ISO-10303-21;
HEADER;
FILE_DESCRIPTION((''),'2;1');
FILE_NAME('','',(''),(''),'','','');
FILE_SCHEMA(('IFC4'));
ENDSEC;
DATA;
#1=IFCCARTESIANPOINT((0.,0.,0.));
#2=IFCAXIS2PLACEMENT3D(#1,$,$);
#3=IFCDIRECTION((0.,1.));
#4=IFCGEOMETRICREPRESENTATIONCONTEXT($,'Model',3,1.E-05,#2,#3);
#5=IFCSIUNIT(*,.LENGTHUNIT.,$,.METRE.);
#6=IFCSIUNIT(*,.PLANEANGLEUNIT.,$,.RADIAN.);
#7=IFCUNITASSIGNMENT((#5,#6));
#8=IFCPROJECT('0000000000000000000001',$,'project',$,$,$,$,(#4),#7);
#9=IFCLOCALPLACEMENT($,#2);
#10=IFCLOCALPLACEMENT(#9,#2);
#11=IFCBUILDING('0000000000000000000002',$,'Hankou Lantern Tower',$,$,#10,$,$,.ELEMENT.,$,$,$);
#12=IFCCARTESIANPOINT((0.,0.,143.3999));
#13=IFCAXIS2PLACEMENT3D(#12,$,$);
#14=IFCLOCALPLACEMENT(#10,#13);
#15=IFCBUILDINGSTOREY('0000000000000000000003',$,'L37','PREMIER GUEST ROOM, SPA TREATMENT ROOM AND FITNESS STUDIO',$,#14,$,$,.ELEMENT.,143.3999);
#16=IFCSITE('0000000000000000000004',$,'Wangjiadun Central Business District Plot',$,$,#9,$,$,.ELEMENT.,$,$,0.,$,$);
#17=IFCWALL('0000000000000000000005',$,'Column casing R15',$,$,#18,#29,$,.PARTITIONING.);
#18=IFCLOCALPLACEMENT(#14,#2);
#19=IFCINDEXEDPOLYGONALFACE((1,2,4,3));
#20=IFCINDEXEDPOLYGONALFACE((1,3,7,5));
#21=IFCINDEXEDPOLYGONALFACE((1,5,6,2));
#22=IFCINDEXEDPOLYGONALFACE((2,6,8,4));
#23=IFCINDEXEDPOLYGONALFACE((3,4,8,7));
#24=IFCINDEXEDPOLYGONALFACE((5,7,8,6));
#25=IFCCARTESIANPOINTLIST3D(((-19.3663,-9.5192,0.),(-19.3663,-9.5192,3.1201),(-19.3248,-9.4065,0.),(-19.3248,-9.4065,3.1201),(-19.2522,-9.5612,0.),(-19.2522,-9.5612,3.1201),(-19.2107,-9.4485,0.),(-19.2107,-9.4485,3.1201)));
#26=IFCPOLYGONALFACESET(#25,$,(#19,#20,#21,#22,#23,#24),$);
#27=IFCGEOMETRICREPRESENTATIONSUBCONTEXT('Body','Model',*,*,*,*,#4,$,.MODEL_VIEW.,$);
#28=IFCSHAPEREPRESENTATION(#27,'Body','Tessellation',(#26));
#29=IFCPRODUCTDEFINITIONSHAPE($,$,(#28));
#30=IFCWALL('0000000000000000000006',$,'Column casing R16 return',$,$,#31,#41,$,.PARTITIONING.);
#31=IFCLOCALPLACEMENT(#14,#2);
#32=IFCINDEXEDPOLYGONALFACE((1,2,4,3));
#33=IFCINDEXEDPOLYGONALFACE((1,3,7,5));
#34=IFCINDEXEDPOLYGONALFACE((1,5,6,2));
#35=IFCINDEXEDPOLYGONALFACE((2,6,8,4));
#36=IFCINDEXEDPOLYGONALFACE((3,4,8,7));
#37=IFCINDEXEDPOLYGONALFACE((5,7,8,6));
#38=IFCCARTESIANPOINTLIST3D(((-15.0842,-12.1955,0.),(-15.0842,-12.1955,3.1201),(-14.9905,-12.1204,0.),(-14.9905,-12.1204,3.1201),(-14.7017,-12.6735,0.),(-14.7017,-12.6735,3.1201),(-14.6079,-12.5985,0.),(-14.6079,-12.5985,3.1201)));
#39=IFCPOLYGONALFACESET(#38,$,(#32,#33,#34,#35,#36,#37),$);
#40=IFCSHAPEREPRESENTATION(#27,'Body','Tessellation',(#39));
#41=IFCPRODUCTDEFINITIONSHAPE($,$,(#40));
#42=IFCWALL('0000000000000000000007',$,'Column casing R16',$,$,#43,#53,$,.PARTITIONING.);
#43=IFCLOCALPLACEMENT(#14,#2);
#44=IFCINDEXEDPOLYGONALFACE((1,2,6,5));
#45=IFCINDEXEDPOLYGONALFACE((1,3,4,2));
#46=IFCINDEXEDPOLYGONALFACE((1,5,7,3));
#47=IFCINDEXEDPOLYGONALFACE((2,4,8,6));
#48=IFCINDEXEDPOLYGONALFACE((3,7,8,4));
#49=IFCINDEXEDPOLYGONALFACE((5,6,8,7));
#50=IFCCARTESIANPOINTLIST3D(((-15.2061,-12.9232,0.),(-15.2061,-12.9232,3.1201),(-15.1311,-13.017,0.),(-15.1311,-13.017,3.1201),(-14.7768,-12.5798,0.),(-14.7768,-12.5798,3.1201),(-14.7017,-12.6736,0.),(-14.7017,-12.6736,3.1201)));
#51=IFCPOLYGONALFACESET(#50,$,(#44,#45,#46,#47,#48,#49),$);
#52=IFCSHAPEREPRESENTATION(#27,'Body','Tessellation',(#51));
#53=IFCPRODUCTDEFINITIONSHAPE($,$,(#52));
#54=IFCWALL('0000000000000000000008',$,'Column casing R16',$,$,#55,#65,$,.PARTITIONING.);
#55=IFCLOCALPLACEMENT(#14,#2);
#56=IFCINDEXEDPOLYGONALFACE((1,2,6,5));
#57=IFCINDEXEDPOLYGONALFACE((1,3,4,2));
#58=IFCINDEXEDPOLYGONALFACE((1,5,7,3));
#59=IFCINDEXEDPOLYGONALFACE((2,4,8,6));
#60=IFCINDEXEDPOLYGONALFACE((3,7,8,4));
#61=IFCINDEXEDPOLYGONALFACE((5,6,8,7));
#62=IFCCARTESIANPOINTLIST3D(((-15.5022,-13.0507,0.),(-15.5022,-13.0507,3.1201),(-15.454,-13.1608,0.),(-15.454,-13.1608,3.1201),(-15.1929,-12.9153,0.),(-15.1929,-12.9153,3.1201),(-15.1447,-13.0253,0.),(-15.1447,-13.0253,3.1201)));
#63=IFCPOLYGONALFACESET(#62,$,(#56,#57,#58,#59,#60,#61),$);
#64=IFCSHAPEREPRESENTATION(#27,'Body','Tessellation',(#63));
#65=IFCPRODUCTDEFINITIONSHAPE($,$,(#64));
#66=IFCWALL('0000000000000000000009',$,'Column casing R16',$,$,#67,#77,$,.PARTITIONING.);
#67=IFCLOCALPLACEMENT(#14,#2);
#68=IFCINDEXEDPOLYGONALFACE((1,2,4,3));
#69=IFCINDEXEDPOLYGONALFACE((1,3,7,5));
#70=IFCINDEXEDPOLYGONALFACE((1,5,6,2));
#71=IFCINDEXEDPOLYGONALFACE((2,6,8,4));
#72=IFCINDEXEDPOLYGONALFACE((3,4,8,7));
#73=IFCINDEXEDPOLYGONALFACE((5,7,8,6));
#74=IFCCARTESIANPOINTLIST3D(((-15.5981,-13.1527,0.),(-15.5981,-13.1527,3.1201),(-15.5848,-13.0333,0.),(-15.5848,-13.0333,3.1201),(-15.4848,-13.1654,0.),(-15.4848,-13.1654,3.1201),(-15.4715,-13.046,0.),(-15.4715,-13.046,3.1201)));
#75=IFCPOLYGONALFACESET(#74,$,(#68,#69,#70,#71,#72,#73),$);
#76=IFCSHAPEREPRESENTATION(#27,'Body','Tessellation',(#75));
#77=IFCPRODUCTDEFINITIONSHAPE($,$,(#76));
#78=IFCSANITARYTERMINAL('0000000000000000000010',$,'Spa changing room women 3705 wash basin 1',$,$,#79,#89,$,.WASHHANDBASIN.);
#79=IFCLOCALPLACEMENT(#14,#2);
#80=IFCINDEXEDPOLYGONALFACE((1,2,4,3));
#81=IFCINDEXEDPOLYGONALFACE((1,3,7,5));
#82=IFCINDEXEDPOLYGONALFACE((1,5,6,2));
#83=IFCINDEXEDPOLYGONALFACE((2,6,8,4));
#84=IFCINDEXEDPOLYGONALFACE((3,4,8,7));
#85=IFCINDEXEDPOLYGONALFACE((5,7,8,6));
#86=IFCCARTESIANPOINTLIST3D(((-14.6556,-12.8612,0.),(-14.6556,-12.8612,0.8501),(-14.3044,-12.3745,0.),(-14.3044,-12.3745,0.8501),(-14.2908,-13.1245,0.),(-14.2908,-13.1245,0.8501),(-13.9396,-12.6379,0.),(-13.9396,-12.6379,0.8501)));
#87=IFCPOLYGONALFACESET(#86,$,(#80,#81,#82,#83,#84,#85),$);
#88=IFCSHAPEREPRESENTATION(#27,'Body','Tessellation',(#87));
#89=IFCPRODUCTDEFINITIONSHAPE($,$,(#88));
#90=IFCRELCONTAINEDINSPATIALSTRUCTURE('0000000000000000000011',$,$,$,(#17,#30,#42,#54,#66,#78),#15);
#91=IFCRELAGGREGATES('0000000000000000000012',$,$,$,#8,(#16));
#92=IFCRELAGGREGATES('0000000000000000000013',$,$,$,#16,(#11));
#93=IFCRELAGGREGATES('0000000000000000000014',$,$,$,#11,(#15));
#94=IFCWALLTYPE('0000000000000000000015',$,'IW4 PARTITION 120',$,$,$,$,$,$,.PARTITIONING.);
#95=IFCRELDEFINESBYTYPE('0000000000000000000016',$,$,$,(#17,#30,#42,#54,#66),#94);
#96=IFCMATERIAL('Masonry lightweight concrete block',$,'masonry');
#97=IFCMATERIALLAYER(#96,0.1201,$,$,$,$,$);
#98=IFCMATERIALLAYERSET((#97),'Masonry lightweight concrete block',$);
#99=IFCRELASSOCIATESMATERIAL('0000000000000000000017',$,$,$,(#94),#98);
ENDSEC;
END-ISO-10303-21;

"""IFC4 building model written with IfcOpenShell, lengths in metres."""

from ifc_helpers import new_model, si_unit, direction, frame, frame_2d, origin, origin_2d, place, context, subcontext, project, spatial, rectangle, extrude, material, layer, layer_set, type_object, element, save


model = new_model("IFC4")

# Units and contexts
model_context = context("Model", 3, precision=1e-05, world=origin(), true_north=direction((0.0, 1.0)))
body_context = subcontext(model_context, "Body", "Model", "MODEL_VIEW")
ifc_project = project(units=[si_unit("LENGTHUNIT", "METRE"), si_unit("PLANEANGLEUNIT", "RADIAN")], contexts=[model_context])

# Site, building, storey
site_placement = place(None, origin())
site = spatial("IfcSite", under=ifc_project, at=site_placement, Name="Wangjiadun Central Business District Plot", CompositionType="ELEMENT", RefElevation=0.0)
building_placement = place(site_placement, origin())
building = spatial("IfcBuilding", under=site, at=building_placement, Name="Hankou Lantern Tower", CompositionType="ELEMENT")
storey_placement = place(building_placement, frame((0.0, 0.0, 143.3999)))
storey = spatial("IfcBuildingStorey", under=building, at=storey_placement, Name="L37", Description="PREMIER GUEST ROOM, SPA TREATMENT ROOM AND FITNESS STUDIO", CompositionType="ELEMENT", Elevation=143.3999)

# Walls
ifc_material_1 = material(Name="Masonry lightweight concrete block", Category="masonry")
ifc_layer_1 = layer(ifc_material_1, 0.1201)
ifc_layer_set_1 = layer_set([ifc_layer_1], Name="Masonry lightweight concrete block")
wall_type_1 = type_object("IfcWallType", Name="IW4 PARTITION 120", PredefinedType="PARTITIONING", material=ifc_layer_set_1)
wall_1_placement = place(storey_placement, frame((-19.2314, -9.5049, 0.0), z_axis=(0.0, 0.0, 1.0), x_axis=(-0.938377, 0.345612, 0.0)))
element("IfcWall", 1, at=wall_1_placement, inside=storey, type_object=wall_type_1, Name="Column casing R15", PredefinedType="PARTITIONING", context=body_context, shape_type="SweptSolid", body=[
    extrude(rectangle(XDim=0.1216, YDim=0.1201, at=frame_2d((0.0608, 0.0))), origin(), (0.0, 0.0, 1.0), 3.1201),
])
wall_2_placement = place(storey_placement, frame((-15.0374, -12.158, 0.0), z_axis=(0.0, 0.0, 1.0), x_axis=(0.624841, -0.780752, 0.0)))
element("IfcWall", 2, at=wall_2_placement, inside=storey, type_object=wall_type_1, Name="Column casing R16 return", PredefinedType="PARTITIONING", context=body_context, shape_type="SweptSolid", body=[
    extrude(rectangle(XDim=0.6123, YDim=0.1201, at=frame_2d((0.3062, 0.0))), origin(), (0.0, 0.0, 1.0), 3.1201),
])
wall_3_placement = place(storey_placement, frame((-14.7393, -12.6267, 0.0), z_axis=(0.0, 0.0, 1.0), x_axis=(-0.780912, -0.624641, 0.0)))
element("IfcWall", 3, at=wall_3_placement, inside=storey, type_object=wall_type_1, Name="Column casing R16", PredefinedType="PARTITIONING", context=body_context, shape_type="SweptSolid", body=[
    extrude(rectangle(XDim=0.5498, YDim=0.1201, at=frame_2d((0.2749, 0.0))), origin(), (0.0, 0.0, 1.0), 3.1201),
])
wall_4_placement = place(storey_placement, frame((-15.1687, -12.9702, 0.0), z_axis=(0.0, 0.0, 1.0), x_axis=(-0.915975, -0.401236, 0.0)))
element("IfcWall", 4, at=wall_4_placement, inside=storey, type_object=wall_type_1, Name="Column casing R16", PredefinedType="PARTITIONING", context=body_context, shape_type="SweptSolid", body=[
    extrude(rectangle(XDim=0.3376, YDim=0.1201, at=frame_2d((0.1689, 0.0))), origin(), (0.0, 0.0, 1.0), 3.1201),
])
wall_5_placement = place(storey_placement, frame((-15.478, -13.1057, 0.0), z_axis=(0.0, 0.0, 1.0), x_axis=(-0.993779, 0.111372, 0.0)))
element("IfcWall", 5, at=wall_5_placement, inside=storey, type_object=wall_type_1, Name="Column casing R16", PredefinedType="PARTITIONING", context=body_context, shape_type="SweptSolid", body=[
    extrude(rectangle(XDim=0.114, YDim=0.1201, at=frame_2d((0.0571, 0.0))), origin(), (0.0, 0.0, 1.0), 3.1201),
])

# Sanitary terminal
sanitary_terminal_placement = place(storey_placement, frame((-14.2976, -12.7495, 0.0), z_axis=(0.0, 0.0, 1.0), x_axis=(-0.585205, -0.810885, 0.0)))
element("IfcSanitaryTerminal", 6, at=sanitary_terminal_placement, inside=storey, Name="Spa changing room women 3705 wash basin 1", PredefinedType="WASHHANDBASIN", context=body_context, shape_type="SweptSolid", body=[
    extrude(rectangle(XDim=0.6001, YDim=0.45, at=origin_2d()), origin(), (0.0, 0.0, 1.0), 0.8501),
])

save(model, "model.ifc")
